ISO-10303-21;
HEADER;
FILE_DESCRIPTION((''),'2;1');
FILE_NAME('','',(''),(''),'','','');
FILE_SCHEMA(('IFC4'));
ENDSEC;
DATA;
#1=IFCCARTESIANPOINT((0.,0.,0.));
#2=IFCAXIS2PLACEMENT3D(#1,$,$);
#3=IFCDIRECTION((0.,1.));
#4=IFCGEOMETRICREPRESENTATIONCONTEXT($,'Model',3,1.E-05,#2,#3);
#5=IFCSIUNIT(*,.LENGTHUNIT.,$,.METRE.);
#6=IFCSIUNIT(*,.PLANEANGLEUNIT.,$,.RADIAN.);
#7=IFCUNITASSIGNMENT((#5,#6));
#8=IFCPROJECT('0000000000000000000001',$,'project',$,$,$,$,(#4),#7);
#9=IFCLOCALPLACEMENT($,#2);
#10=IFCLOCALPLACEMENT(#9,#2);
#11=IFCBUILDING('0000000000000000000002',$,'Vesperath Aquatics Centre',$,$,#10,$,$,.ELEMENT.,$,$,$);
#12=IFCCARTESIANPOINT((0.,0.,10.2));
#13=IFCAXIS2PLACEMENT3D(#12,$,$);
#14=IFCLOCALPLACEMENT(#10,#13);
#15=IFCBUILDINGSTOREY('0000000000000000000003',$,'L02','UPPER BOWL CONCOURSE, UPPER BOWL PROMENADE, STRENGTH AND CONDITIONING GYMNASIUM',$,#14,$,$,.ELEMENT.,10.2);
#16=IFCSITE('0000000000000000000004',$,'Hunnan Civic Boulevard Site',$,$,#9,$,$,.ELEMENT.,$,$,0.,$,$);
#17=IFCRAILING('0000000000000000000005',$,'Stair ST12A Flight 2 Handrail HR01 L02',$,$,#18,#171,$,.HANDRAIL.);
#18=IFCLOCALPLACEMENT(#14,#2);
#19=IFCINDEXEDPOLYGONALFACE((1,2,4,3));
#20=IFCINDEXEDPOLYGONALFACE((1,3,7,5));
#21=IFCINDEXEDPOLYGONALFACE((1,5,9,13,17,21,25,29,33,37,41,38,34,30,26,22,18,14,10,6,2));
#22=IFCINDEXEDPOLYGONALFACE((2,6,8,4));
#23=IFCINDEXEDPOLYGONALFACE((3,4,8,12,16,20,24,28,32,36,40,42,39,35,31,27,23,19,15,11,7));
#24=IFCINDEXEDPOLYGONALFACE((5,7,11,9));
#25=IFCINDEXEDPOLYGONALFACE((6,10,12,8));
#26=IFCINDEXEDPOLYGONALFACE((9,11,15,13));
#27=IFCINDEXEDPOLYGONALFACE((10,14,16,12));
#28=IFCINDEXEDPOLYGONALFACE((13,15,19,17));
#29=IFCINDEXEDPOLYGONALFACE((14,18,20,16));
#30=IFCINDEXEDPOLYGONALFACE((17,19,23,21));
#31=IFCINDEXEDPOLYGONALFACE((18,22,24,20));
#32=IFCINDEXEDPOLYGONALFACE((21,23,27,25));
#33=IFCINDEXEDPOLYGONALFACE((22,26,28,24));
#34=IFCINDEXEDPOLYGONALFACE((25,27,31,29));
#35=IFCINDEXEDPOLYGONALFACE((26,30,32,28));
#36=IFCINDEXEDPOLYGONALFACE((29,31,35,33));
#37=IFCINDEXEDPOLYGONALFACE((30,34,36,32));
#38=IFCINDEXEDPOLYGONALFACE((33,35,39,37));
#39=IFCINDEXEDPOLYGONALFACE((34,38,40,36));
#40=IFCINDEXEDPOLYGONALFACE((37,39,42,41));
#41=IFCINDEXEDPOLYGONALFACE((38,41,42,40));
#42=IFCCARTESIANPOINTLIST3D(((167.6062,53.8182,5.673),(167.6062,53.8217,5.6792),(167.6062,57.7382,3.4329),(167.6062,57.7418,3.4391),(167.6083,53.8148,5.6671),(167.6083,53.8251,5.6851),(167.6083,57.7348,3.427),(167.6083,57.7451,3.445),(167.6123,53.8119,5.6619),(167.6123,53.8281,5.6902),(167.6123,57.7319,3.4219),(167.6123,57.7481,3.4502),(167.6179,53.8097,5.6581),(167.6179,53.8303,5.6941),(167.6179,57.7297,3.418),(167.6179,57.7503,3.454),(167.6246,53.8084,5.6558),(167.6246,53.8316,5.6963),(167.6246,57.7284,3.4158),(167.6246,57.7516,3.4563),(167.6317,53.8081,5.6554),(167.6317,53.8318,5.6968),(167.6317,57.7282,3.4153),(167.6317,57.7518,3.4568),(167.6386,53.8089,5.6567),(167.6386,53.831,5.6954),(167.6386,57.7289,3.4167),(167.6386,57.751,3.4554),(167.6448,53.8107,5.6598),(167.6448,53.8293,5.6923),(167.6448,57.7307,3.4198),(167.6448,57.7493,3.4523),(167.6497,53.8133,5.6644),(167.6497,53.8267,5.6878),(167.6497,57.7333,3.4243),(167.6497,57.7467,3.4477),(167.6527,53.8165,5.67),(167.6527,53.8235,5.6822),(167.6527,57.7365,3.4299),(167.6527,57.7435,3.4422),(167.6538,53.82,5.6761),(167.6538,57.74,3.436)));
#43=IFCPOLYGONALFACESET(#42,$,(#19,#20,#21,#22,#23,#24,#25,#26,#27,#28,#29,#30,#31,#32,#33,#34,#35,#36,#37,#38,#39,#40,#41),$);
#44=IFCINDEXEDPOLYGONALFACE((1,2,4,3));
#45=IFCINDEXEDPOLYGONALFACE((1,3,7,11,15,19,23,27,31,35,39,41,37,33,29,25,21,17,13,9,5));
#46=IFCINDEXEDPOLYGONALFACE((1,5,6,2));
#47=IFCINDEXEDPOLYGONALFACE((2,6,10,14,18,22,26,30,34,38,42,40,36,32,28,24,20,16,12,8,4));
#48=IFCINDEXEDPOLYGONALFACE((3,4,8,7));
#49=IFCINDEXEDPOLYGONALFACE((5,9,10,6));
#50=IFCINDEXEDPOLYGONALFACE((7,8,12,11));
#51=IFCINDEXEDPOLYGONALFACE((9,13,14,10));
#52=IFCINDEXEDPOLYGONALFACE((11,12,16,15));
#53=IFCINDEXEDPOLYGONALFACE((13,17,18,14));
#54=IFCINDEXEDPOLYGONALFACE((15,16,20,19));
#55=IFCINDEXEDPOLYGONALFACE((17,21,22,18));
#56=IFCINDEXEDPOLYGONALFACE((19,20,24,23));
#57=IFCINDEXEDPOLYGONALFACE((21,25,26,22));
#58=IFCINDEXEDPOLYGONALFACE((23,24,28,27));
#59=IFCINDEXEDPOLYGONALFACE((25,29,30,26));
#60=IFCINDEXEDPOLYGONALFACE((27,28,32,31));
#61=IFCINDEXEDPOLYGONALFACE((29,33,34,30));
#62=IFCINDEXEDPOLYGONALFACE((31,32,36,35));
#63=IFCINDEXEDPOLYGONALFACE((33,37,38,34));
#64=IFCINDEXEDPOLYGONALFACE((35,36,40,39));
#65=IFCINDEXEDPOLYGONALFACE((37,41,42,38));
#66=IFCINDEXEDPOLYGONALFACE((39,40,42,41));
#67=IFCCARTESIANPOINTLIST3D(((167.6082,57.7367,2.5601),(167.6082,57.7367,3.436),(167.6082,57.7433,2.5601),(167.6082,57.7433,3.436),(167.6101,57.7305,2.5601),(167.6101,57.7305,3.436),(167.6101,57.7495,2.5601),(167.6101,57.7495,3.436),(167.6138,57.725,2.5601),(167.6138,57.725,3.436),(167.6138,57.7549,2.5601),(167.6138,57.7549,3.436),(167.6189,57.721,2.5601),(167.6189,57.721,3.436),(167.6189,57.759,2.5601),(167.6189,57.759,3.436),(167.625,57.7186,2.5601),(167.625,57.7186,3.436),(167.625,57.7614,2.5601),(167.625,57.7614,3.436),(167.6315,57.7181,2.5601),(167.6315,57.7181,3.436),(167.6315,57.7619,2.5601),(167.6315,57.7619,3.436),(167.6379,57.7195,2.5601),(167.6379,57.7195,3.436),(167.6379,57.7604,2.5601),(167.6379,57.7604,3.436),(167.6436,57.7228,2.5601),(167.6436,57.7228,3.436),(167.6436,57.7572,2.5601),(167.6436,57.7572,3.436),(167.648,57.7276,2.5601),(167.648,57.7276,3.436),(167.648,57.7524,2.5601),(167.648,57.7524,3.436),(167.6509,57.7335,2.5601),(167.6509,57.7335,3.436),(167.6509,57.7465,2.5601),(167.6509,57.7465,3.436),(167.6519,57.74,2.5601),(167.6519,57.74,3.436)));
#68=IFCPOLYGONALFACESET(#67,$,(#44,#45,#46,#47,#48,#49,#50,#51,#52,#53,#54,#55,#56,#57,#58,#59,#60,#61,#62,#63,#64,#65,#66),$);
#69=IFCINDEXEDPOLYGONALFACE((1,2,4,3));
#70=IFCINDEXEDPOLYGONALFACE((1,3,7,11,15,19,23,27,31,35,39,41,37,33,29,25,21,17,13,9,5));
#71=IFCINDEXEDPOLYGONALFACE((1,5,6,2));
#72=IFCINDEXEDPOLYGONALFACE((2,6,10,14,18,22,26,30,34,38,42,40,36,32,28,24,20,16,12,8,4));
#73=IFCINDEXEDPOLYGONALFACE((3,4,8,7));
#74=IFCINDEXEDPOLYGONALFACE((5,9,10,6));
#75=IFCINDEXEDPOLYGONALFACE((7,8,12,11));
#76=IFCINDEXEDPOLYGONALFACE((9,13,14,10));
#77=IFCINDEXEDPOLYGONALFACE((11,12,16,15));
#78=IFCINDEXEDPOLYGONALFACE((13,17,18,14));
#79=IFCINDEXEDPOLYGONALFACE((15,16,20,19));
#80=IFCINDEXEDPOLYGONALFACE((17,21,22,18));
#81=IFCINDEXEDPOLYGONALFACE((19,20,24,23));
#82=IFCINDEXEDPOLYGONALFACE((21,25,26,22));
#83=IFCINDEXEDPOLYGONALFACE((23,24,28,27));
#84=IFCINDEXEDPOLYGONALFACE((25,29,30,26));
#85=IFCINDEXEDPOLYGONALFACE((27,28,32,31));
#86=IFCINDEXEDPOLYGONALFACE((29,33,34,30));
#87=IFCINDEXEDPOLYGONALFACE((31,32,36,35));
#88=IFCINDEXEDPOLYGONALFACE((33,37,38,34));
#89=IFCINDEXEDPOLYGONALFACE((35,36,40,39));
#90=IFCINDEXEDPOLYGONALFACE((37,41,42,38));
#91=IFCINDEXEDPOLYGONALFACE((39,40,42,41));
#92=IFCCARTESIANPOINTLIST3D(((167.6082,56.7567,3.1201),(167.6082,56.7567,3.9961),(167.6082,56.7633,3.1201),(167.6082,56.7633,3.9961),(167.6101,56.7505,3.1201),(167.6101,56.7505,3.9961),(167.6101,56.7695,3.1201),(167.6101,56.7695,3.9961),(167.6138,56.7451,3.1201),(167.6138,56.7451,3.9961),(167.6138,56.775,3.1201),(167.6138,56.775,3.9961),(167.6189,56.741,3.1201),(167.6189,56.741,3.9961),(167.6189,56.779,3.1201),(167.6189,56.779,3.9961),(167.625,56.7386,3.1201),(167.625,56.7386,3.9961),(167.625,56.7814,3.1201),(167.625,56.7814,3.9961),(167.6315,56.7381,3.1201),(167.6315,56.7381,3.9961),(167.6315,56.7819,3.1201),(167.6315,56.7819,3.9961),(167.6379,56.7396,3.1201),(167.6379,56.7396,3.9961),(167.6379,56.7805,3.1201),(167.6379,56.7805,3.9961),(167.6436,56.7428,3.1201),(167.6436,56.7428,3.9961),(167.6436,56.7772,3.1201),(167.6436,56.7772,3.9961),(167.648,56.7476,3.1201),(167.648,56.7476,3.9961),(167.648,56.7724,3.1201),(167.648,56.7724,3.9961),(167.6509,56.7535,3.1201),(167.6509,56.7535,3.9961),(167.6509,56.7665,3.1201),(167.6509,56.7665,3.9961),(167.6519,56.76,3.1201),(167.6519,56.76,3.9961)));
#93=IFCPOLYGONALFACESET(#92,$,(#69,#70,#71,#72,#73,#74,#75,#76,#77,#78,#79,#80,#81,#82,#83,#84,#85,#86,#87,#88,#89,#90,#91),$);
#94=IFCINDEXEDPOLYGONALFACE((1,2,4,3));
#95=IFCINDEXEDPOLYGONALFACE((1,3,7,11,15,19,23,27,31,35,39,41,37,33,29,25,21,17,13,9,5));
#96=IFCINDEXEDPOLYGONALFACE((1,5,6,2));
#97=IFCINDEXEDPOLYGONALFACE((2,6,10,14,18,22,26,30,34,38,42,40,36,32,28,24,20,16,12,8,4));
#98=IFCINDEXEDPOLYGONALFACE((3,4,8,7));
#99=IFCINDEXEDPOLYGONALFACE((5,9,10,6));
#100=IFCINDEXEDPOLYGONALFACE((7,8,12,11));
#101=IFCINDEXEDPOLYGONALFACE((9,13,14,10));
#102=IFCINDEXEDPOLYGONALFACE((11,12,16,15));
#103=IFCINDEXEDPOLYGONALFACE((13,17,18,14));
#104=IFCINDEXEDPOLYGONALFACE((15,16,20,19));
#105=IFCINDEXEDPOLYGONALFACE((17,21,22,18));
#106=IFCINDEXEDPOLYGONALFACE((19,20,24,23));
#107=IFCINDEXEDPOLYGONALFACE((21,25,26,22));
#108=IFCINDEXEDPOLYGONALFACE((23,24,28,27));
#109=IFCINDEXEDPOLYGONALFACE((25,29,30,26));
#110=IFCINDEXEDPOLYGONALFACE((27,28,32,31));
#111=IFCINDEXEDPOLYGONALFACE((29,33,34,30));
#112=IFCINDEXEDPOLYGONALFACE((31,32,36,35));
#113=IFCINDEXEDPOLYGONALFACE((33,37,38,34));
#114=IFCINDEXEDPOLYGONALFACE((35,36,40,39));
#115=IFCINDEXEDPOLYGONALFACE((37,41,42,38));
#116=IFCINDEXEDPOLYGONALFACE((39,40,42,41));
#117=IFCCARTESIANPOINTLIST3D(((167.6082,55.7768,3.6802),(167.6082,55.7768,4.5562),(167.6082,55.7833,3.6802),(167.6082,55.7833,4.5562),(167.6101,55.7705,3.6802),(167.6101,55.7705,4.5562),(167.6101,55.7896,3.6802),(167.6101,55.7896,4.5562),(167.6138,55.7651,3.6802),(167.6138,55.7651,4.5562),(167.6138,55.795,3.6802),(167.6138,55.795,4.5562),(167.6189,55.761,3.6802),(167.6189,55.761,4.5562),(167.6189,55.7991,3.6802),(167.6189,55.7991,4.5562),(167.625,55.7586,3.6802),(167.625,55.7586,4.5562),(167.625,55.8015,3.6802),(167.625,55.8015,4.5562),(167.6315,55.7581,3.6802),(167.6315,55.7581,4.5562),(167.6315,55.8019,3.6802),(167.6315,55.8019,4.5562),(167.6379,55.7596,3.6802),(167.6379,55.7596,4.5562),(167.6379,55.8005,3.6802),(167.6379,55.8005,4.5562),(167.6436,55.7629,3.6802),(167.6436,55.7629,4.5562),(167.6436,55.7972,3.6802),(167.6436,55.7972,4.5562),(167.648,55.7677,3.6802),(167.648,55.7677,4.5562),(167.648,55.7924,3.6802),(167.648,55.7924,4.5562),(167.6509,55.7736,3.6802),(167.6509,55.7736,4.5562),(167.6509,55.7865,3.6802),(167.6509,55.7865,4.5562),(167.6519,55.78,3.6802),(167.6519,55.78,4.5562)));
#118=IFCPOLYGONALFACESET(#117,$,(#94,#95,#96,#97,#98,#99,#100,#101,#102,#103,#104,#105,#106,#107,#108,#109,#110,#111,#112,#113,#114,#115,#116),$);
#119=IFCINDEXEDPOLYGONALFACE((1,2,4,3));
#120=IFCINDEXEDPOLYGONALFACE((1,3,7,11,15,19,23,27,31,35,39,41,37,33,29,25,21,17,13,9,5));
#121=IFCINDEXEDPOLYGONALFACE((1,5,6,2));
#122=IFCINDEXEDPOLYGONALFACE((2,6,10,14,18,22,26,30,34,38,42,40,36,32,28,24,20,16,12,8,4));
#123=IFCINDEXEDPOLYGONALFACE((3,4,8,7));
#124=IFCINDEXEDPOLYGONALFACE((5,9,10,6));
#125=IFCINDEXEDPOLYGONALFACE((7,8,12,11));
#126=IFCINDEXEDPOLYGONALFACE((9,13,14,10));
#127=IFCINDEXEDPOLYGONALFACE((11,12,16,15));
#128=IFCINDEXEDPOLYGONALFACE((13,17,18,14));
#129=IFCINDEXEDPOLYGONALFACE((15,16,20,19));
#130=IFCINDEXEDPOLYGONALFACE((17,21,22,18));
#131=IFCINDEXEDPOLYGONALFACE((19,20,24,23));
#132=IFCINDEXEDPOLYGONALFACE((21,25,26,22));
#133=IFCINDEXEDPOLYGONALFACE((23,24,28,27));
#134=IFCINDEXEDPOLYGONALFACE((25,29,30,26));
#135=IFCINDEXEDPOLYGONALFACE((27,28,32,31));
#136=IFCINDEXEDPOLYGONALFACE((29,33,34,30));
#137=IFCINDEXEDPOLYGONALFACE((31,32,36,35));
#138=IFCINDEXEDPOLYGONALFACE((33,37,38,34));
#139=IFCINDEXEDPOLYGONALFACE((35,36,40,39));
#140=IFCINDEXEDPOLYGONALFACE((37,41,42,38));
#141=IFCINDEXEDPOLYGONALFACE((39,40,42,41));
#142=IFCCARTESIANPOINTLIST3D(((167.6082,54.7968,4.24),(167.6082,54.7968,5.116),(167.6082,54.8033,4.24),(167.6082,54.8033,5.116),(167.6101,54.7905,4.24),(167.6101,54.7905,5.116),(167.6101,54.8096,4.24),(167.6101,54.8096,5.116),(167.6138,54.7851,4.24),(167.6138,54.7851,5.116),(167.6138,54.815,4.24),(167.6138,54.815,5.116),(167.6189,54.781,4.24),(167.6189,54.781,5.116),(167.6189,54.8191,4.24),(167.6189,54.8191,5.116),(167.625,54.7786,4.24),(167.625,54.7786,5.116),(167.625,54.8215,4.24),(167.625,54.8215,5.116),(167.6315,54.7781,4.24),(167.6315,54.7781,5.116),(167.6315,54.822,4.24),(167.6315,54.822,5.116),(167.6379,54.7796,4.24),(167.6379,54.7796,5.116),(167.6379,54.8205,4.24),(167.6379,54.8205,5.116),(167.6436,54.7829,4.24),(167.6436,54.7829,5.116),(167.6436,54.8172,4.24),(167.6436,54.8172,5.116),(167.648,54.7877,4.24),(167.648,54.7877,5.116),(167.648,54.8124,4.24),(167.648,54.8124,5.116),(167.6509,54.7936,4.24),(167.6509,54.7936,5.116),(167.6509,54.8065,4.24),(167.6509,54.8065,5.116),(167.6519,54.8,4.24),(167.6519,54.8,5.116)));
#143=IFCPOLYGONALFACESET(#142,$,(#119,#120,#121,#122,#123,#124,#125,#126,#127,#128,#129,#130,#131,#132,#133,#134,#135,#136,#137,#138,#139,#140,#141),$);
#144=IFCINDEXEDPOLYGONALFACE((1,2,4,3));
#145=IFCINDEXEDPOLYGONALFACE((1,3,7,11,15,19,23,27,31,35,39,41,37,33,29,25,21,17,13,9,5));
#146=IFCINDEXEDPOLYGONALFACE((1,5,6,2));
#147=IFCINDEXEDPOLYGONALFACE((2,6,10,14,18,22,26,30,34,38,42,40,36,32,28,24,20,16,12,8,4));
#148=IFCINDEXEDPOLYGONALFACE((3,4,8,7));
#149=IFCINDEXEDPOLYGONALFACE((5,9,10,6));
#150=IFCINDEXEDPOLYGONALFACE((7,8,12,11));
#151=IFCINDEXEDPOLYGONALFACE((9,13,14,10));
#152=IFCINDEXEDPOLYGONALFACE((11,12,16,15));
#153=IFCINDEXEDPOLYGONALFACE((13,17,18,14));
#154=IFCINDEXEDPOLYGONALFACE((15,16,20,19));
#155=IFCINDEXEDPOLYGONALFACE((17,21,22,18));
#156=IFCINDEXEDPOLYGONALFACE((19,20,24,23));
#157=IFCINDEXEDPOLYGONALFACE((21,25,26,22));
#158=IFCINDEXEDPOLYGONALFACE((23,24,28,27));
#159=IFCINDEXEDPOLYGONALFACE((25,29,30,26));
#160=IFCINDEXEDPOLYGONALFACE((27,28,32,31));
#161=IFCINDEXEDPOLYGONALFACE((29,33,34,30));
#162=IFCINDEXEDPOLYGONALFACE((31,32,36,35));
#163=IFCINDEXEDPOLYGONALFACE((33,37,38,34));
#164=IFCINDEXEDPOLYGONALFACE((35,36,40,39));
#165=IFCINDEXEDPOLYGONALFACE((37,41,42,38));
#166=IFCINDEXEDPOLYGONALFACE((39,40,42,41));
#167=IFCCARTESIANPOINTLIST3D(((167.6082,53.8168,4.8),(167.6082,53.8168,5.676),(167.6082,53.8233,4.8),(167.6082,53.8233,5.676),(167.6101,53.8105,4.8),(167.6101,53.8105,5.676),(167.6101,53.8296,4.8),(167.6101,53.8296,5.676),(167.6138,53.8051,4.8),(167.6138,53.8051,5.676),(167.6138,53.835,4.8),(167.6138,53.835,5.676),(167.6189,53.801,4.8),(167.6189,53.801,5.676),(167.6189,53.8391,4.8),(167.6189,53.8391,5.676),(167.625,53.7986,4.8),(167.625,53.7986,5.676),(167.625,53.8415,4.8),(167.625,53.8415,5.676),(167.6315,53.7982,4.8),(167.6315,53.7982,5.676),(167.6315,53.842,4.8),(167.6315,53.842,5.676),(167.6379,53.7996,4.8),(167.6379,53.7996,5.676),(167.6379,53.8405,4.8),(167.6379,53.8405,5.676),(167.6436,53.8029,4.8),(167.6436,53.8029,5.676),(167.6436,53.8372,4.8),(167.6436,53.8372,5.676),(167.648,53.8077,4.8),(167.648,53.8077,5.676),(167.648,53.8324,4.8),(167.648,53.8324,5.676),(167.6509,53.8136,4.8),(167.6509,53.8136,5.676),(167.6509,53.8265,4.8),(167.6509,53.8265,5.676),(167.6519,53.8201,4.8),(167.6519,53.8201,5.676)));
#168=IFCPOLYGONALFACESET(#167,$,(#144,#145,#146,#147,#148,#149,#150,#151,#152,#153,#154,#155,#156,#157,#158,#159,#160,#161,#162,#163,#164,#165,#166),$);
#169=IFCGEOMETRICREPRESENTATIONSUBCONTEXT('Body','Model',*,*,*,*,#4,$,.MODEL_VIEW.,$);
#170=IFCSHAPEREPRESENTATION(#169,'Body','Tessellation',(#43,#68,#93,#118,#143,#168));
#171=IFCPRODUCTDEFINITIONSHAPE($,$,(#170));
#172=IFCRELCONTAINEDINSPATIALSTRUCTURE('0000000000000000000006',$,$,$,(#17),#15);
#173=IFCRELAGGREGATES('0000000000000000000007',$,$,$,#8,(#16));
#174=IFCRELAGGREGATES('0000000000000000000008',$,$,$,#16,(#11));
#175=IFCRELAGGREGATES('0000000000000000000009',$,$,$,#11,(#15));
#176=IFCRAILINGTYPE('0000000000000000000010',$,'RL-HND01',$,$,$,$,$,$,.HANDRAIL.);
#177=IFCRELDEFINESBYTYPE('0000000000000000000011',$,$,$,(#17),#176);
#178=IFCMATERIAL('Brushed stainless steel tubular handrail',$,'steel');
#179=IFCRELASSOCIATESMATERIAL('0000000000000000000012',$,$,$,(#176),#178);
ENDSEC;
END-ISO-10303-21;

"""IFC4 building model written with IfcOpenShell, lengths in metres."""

from ifc_helpers import new_model, si_unit, direction, frame, origin, origin_2d, place, context, subcontext, project, spatial, circle, extrude, material, type_object, element, save


model = new_model("IFC4")

# Units and contexts
model_context = context("Model", 3, precision=1e-05, world=origin(), true_north=direction((0.0, 1.0)))
body_context = subcontext(model_context, "Body", "Model", "MODEL_VIEW")
ifc_project = project(units=[si_unit("LENGTHUNIT", "METRE"), si_unit("PLANEANGLEUNIT", "RADIAN")], contexts=[model_context])

# Site, building, storey
site_placement = place(None, origin())
site = spatial("IfcSite", under=ifc_project, at=site_placement, Name="Hunnan Civic Boulevard Site", CompositionType="ELEMENT", RefElevation=0.0)
building_placement = place(site_placement, origin())
building = spatial("IfcBuilding", under=site, at=building_placement, Name="Vesperath Aquatics Centre", CompositionType="ELEMENT")
storey_placement = place(building_placement, frame((0.0, 0.0, 10.2)))
storey = spatial("IfcBuildingStorey", under=building, at=storey_placement, Name="L02", Description="UPPER BOWL CONCOURSE, UPPER BOWL PROMENADE, STRENGTH AND CONDITIONING GYMNASIUM", CompositionType="ELEMENT", Elevation=10.2)

# Railing
ifc_material_1 = material(Name="Brushed stainless steel tubular handrail", Category="steel")
railing_type_1 = type_object("IfcRailingType", Name="RL-HND01", PredefinedType="HANDRAIL", material=ifc_material_1)
railing_1_placement = place(storey_placement, frame((167.6299, 57.74, 2.5601)))
element("IfcRailing", 1, at=railing_1_placement, inside=storey, type_object=railing_type_1, Name="Stair ST12A Flight 2 Handrail HR01 L02", PredefinedType="HANDRAIL", context=body_context, shape_type="SweptSolid", body=[
    extrude(circle(Radius=0.0239, at=origin_2d()), frame((0.0, 0.0, 0.876), z_axis=(0.0, -0.86824, 0.496145), x_axis=(1.0, 0.0, 0.0)), (0.0, 0.0, 1.0), 4.5149),
    extrude(circle(Radius=0.022, at=origin_2d()), origin(), (0.0, 0.0, 1.0), 0.876),
    extrude(circle(Radius=0.022, at=origin_2d()), frame((0.0, -0.98, 0.5601)), (0.0, 0.0, 1.0), 0.876),
    extrude(circle(Radius=0.022, at=origin_2d()), frame((0.0, -1.96, 1.1201)), (0.0, 0.0, 1.0), 0.876),
    extrude(circle(Radius=0.022, at=origin_2d()), frame((0.0, -2.9399, 1.6799)), (0.0, 0.0, 1.0), 0.876),
    extrude(circle(Radius=0.022, at=origin_2d()), frame((0.0, -3.9199, 2.24)), (0.0, 0.0, 1.0), 0.876),
])

save(model, "model.ifc")
